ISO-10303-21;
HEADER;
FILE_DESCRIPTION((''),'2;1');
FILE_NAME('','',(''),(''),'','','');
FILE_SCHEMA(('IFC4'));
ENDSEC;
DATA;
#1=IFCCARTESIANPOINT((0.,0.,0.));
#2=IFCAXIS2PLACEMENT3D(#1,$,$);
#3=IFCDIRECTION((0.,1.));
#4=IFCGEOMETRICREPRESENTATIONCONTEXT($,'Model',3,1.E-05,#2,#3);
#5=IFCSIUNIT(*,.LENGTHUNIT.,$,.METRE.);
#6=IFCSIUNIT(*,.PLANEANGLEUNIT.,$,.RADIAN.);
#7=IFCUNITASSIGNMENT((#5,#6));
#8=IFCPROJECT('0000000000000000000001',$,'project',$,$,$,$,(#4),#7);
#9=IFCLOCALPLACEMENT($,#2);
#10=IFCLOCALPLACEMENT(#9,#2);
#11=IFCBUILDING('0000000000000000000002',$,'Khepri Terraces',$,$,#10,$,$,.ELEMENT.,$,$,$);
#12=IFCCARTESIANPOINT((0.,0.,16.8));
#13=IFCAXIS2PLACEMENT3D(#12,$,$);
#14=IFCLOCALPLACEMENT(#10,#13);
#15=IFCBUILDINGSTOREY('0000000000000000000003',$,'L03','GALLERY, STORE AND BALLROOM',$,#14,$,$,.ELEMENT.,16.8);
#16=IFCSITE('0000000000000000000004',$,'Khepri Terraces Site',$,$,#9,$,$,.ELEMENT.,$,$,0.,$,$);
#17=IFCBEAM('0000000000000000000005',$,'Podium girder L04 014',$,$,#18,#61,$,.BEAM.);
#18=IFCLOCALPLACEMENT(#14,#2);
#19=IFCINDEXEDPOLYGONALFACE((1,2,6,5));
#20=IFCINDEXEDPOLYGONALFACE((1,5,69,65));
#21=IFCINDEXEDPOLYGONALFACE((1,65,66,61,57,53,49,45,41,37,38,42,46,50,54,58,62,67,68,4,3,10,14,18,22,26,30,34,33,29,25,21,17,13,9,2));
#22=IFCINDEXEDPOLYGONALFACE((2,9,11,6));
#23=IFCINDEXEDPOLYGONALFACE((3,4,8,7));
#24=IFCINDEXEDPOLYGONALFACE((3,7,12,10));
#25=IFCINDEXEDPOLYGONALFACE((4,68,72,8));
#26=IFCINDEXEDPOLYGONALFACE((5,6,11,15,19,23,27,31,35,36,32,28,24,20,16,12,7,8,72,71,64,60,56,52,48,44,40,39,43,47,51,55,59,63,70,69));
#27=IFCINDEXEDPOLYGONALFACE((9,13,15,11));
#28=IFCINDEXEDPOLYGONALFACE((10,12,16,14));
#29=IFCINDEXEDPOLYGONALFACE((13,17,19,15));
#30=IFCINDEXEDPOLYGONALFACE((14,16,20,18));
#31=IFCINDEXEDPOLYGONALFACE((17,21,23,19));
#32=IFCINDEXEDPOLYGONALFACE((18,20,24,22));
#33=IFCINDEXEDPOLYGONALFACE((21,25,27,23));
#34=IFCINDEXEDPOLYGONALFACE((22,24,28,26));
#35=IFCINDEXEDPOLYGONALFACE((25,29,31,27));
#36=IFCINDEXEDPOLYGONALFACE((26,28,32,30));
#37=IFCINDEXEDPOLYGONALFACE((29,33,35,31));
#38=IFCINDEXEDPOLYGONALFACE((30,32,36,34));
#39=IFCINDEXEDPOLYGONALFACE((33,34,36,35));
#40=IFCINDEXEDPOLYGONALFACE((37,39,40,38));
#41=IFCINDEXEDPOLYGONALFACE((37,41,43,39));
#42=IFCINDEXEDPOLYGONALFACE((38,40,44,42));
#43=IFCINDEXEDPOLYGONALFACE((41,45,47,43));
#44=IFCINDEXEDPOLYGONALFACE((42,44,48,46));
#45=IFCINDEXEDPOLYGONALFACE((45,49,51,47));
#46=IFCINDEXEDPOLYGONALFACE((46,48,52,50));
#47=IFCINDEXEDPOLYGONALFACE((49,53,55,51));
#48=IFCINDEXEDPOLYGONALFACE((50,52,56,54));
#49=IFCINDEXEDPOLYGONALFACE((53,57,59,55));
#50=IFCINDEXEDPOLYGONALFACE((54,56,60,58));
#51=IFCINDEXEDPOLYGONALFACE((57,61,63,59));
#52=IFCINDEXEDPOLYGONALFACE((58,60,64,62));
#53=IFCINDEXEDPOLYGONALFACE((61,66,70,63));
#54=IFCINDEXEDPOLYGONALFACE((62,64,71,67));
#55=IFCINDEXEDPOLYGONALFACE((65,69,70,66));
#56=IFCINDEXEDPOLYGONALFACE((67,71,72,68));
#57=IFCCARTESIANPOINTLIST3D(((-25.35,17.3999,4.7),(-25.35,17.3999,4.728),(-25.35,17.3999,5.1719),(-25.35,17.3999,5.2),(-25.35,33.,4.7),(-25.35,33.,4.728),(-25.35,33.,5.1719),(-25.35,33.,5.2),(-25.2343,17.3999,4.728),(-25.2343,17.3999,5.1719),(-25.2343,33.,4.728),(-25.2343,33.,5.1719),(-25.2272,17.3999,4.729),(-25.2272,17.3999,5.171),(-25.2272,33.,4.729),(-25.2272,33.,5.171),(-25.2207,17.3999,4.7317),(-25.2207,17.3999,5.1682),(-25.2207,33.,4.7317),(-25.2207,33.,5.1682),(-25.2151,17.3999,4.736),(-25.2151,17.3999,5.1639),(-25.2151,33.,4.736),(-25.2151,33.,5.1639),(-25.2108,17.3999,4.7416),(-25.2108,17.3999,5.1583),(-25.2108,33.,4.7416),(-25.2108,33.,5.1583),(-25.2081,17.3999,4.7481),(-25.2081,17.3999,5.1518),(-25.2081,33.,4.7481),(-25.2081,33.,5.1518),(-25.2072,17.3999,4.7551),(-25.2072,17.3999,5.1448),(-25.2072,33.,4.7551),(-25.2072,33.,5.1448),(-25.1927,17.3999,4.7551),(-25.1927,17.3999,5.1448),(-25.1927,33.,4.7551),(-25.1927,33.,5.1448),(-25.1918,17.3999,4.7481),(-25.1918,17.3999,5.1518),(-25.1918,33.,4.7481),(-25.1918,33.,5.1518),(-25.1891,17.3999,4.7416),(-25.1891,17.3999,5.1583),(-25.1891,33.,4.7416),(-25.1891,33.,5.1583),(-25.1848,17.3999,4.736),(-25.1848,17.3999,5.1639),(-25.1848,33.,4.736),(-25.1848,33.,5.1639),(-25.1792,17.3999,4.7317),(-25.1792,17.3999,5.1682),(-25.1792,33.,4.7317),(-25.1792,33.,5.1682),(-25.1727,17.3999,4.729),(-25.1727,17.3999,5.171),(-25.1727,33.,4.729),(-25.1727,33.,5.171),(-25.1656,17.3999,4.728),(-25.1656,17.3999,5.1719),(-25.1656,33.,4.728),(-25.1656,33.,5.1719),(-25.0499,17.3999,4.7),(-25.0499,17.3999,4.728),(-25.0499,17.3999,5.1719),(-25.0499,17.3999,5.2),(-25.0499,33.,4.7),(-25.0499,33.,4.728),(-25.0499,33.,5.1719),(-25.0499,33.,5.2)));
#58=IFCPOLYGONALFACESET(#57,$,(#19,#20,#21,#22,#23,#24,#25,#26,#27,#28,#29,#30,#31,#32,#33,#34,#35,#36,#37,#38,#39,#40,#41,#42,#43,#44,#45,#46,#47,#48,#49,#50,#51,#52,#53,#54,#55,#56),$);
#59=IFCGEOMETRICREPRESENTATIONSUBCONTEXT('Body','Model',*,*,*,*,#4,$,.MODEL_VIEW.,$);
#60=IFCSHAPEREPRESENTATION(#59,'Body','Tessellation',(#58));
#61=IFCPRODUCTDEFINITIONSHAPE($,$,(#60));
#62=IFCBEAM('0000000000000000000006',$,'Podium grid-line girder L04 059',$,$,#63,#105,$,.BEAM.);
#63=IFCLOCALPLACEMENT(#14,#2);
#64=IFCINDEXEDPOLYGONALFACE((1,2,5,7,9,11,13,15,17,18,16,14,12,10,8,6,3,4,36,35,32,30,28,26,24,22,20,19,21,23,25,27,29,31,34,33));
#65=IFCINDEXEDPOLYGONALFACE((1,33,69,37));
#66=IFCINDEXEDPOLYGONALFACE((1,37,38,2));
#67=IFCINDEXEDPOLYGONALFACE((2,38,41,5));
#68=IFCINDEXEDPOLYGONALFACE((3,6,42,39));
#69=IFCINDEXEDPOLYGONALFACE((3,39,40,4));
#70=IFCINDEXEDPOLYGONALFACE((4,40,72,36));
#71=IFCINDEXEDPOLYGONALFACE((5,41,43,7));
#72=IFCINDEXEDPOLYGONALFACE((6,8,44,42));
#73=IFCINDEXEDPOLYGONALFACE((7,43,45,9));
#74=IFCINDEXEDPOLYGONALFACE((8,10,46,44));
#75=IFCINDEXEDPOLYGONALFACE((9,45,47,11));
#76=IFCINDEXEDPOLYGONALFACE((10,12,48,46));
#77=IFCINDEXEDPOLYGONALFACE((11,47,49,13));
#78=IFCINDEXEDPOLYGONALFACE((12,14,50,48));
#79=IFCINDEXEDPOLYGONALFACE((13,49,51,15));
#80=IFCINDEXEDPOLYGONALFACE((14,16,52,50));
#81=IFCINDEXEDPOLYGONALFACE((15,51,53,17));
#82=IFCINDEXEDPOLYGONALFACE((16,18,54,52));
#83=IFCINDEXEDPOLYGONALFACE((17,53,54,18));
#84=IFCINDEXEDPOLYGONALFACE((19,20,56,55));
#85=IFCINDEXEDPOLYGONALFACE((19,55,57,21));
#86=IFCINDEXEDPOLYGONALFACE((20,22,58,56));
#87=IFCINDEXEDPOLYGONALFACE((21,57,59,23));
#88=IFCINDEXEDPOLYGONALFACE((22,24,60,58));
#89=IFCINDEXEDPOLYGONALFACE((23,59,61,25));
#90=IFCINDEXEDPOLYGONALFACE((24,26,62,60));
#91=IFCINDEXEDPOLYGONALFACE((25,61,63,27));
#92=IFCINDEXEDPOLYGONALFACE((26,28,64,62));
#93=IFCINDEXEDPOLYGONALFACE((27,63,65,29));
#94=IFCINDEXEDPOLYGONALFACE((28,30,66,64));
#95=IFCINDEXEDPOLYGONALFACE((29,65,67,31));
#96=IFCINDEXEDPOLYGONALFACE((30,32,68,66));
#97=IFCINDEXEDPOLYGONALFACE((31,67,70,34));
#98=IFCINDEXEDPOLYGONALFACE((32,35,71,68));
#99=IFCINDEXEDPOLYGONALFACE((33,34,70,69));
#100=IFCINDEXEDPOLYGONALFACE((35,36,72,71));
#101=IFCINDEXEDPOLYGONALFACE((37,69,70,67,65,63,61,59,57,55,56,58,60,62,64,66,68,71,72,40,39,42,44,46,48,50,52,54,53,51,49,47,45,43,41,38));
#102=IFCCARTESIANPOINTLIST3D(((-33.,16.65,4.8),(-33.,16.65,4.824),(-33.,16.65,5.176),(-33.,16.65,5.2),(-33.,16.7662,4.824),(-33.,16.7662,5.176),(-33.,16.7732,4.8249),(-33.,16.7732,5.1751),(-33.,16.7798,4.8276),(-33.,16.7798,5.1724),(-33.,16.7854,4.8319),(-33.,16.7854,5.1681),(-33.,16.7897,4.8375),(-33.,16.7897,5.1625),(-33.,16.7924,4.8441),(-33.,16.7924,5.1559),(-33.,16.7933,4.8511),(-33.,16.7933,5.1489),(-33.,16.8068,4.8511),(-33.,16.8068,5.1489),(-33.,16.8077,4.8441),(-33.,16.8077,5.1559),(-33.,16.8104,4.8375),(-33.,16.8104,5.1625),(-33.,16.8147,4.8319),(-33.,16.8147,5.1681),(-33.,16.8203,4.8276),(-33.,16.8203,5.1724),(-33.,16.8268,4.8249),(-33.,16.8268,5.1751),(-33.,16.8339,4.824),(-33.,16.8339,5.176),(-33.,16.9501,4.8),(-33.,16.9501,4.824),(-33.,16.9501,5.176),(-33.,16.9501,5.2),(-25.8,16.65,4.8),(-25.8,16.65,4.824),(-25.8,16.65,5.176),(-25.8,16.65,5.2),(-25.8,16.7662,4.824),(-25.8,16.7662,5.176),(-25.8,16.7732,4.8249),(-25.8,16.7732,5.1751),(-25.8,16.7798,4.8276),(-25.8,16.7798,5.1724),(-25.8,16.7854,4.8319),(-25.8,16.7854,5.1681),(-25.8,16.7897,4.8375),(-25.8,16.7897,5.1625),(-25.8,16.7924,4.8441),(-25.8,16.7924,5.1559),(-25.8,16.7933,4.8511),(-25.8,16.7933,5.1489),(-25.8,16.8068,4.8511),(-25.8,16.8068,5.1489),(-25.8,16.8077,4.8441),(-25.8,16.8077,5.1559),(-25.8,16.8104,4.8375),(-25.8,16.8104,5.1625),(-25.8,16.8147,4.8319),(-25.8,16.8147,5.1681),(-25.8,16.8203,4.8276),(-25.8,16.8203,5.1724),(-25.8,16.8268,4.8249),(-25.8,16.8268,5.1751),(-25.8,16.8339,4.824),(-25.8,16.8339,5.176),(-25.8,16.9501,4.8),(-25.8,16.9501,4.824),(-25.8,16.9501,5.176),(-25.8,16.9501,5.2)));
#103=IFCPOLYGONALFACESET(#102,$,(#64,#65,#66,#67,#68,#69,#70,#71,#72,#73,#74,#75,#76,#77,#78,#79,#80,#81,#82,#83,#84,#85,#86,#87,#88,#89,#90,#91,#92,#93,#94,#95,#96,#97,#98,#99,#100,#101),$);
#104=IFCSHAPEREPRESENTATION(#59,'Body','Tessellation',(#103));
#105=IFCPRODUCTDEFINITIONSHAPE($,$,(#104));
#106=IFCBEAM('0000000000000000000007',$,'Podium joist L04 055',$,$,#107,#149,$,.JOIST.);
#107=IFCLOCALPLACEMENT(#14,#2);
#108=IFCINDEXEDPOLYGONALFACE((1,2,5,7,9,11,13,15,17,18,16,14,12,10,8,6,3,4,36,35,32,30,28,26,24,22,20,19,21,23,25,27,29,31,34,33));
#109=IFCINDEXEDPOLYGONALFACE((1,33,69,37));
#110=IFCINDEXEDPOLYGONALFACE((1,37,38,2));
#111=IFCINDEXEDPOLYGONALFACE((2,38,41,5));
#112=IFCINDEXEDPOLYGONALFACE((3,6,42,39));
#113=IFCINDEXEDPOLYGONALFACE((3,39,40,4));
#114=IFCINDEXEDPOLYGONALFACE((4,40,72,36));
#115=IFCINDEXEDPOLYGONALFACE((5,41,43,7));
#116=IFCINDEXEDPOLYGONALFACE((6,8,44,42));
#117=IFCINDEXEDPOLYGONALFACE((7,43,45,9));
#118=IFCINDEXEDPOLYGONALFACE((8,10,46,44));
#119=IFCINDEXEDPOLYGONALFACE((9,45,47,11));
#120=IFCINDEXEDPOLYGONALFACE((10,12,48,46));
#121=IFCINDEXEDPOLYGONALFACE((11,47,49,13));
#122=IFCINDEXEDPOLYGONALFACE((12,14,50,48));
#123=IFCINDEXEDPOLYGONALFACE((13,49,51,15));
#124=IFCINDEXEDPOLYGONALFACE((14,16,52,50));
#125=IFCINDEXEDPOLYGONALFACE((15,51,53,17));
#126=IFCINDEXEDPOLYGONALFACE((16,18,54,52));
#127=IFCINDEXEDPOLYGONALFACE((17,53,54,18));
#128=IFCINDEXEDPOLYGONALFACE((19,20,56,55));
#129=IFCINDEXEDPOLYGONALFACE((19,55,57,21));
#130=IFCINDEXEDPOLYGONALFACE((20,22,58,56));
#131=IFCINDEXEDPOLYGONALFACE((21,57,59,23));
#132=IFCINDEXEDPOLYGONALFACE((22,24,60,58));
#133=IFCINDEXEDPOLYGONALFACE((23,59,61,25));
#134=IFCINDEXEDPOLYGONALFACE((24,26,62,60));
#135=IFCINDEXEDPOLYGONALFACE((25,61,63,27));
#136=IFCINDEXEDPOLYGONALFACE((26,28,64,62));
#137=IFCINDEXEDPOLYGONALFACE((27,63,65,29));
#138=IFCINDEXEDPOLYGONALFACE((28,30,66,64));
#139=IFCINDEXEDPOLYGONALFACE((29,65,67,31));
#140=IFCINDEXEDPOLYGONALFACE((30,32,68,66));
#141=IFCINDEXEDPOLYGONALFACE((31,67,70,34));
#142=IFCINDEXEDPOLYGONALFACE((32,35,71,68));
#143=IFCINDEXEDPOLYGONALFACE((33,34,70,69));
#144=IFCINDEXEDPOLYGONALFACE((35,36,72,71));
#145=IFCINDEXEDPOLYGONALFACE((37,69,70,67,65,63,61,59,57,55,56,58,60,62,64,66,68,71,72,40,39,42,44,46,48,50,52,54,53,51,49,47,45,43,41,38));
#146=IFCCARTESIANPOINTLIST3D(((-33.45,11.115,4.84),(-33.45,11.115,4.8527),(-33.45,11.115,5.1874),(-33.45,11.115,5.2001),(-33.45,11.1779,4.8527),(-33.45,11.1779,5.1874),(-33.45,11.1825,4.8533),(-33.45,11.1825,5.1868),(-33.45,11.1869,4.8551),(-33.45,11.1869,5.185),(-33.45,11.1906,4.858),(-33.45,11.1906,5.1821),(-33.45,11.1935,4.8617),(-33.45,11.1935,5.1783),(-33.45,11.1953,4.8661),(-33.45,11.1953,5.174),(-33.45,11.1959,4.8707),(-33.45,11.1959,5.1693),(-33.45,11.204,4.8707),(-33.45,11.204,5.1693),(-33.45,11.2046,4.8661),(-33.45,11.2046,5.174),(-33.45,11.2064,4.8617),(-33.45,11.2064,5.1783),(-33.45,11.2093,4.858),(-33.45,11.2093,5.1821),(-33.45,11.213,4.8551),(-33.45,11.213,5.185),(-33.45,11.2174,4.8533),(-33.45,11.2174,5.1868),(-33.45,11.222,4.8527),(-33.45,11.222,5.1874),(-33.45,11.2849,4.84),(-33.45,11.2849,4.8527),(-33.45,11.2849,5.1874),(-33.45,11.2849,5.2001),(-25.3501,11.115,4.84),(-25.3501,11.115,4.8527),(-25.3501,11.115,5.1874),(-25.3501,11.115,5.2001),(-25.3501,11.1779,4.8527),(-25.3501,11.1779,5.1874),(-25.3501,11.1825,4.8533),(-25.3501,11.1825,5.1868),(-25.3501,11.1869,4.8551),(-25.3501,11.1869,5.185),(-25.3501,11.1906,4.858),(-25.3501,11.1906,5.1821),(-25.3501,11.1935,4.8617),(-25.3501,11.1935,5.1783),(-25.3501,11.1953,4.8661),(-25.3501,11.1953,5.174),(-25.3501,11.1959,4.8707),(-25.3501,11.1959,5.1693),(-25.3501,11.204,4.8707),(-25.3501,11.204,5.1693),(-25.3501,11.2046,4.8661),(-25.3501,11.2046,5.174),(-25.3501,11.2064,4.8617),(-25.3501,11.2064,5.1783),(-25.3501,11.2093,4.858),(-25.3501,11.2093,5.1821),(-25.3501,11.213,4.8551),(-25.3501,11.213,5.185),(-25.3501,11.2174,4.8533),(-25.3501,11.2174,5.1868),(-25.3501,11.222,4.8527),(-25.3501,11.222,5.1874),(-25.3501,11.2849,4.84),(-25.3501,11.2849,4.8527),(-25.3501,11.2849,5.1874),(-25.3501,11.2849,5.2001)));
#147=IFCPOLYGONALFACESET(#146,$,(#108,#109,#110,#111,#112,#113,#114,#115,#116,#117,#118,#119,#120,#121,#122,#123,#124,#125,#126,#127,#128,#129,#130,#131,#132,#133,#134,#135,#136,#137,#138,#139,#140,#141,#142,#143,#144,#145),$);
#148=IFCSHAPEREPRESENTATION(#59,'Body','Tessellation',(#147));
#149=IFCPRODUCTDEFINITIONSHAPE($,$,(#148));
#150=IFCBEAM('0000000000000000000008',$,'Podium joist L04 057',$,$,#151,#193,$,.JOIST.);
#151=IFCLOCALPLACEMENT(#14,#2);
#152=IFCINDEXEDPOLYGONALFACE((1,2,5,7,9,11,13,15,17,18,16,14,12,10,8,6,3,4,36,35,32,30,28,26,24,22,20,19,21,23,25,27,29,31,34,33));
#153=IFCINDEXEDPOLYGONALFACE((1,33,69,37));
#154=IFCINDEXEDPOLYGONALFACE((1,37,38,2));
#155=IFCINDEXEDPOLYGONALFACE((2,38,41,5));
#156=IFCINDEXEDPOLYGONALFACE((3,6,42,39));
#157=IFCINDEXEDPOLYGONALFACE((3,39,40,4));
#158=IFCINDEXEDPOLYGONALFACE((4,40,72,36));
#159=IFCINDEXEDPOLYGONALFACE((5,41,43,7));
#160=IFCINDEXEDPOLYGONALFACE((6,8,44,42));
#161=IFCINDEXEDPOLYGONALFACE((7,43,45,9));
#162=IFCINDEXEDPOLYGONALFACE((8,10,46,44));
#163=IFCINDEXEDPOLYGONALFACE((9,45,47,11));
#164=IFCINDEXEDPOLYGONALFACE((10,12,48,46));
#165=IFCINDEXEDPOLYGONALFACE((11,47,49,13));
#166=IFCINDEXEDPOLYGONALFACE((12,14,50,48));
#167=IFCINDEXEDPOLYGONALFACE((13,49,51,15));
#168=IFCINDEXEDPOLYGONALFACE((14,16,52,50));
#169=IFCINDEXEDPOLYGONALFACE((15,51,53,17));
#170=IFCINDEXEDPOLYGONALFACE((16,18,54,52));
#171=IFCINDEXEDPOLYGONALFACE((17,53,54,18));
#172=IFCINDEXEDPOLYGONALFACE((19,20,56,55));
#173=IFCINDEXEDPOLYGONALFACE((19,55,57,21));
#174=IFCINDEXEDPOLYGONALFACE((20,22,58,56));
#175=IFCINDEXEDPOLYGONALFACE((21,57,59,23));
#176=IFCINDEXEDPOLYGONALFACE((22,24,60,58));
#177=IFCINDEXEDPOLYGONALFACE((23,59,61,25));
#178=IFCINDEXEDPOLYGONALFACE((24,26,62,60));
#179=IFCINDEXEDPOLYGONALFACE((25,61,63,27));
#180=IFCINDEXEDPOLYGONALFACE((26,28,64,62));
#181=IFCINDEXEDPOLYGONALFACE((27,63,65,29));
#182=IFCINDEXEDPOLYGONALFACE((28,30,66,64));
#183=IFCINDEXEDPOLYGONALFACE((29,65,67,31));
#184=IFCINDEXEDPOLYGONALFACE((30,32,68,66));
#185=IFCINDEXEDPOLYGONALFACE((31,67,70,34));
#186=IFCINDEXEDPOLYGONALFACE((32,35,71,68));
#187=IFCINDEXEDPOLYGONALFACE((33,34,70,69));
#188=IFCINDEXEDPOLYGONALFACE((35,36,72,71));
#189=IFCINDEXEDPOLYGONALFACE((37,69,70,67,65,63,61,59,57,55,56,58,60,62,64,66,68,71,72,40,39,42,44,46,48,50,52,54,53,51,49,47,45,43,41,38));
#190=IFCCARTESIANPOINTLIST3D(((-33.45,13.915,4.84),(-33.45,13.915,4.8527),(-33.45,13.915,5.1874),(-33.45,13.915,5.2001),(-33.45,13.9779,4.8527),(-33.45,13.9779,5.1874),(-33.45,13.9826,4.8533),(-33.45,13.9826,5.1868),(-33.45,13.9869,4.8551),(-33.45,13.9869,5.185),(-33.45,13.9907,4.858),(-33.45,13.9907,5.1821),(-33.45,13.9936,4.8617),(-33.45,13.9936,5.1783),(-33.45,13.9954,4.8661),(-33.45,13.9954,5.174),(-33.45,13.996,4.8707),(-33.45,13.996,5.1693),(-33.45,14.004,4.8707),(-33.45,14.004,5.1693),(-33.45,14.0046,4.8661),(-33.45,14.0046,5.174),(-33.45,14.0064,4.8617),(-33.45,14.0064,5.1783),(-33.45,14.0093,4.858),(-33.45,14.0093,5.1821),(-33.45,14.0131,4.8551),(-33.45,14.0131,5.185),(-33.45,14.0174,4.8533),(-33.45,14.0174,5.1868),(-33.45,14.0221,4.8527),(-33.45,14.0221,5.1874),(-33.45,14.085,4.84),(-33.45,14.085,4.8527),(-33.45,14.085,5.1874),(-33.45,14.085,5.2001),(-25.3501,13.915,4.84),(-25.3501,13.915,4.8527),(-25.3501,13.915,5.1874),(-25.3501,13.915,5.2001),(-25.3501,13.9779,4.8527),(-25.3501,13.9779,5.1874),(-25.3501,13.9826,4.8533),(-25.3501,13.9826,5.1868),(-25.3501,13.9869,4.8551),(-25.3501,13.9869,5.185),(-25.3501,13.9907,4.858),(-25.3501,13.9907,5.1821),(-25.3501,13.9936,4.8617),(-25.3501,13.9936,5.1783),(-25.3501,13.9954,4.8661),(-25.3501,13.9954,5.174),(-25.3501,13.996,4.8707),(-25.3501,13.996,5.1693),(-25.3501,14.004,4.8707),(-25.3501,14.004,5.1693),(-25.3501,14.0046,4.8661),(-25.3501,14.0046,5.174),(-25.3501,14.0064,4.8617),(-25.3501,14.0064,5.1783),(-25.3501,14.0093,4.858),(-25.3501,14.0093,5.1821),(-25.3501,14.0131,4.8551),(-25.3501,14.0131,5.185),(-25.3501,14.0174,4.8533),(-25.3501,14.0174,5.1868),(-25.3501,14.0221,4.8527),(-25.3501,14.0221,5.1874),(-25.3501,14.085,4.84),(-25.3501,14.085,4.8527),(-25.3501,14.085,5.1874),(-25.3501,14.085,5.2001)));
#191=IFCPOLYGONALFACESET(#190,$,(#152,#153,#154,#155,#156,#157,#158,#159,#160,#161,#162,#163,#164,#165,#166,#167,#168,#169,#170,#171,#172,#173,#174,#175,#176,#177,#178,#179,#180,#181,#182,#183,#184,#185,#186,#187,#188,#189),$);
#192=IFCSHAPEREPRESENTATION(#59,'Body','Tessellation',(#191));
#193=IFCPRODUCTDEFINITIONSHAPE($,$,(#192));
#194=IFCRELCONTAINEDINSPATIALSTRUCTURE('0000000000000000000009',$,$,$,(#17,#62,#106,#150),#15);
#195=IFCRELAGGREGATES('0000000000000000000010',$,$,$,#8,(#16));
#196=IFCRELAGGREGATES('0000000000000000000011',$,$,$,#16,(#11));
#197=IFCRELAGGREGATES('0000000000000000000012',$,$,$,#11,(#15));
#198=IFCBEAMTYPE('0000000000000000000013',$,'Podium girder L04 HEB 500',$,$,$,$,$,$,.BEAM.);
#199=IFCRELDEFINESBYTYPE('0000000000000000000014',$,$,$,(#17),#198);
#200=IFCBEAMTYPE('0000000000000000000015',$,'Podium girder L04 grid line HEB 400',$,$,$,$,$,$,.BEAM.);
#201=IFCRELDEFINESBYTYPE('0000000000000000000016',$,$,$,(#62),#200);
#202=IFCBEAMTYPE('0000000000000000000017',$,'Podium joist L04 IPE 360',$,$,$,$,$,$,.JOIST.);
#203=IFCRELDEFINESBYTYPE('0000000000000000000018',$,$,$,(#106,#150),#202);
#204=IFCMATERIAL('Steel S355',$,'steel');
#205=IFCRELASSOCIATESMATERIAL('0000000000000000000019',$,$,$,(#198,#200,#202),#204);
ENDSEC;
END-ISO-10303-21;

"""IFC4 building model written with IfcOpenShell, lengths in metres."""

from ifc_helpers import new_model, si_unit, direction, frame, origin, origin_2d, place, context, subcontext, project, spatial, i_section, extrude, material, material_profile, profile_set, type_object, element, save


model = new_model("IFC4")

# Units and contexts
model_context = context("Model", 3, precision=1e-05, world=origin(), true_north=direction((0.0, 1.0)))
body_context = subcontext(model_context, "Body", "Model", "MODEL_VIEW")
ifc_project = project(units=[si_unit("LENGTHUNIT", "METRE"), si_unit("PLANEANGLEUNIT", "RADIAN")], contexts=[model_context])

# Site, building, storey
site_placement = place(None, origin())
site = spatial("IfcSite", under=ifc_project, at=site_placement, Name="Khepri Terraces Site", CompositionType="ELEMENT", RefElevation=0.0)
building_placement = place(site_placement, origin())
building = spatial("IfcBuilding", under=site, at=building_placement, Name="Khepri Terraces", CompositionType="ELEMENT")
storey_placement = place(building_placement, frame((0.0, 0.0, 16.8)))
storey = spatial("IfcBuildingStorey", under=building, at=storey_placement, Name="L03", Description="GALLERY, STORE AND BALLROOM", CompositionType="ELEMENT", Elevation=16.8)

# Beams
ifc_material_1 = material(Name="Steel S355", Category="steel")
ifc_material_profile_1 = material_profile(ifc_material_1, i_section(OverallWidth=0.3, OverallDepth=0.5, WebThickness=0.0144, FlangeThickness=0.0281, FilletRadius=0.0271, at=origin_2d()), Name="Steel S355", Category="steel")
ifc_profile_set_1 = profile_set([ifc_material_profile_1], Name="Steel S355")
beam_type_1 = type_object("IfcBeamType", Name="Podium girder L04 HEB 500", PredefinedType="BEAM", material=ifc_profile_set_1)
beam_1_placement = place(storey_placement, frame((-25.2, 17.3999, 4.95), z_axis=(0.0, 1.0, 0.0), x_axis=(-1.0, 0.0, 0.0)))
element("IfcBeam", 1, at=beam_1_placement, inside=storey, type_object=beam_type_1, Name="Podium girder L04 014", PredefinedType="BEAM", context=body_context, shape_type="SweptSolid", body=[
    extrude(i_section(OverallWidth=0.3, OverallDepth=0.5, WebThickness=0.0144, FlangeThickness=0.0281, FilletRadius=0.0271, at=origin_2d()), origin(), (0.0, 0.0, 1.0), 15.6001),
])
ifc_material_profile_2 = material_profile(ifc_material_1, i_section(OverallWidth=0.3, OverallDepth=0.3999, WebThickness=0.0134, FlangeThickness=0.0239, FilletRadius=0.0271, at=origin_2d()), Name="Steel S355", Category="steel")
ifc_profile_set_2 = profile_set([ifc_material_profile_2], Name="Steel S355")
beam_type_2 = type_object("IfcBeamType", Name="Podium girder L04 grid line HEB 400", PredefinedType="BEAM", material=ifc_profile_set_2)
beam_2_placement = place(storey_placement, frame((-33.0, 16.8, 5.0), z_axis=(1.0, 0.0, 0.0), x_axis=(0.0, 1.0, 0.0)))
element("IfcBeam", 2, at=beam_2_placement, inside=storey, type_object=beam_type_2, Name="Podium grid-line girder L04 059", PredefinedType="BEAM", context=body_context, shape_type="SweptSolid", body=[
    extrude(i_section(OverallWidth=0.3, OverallDepth=0.3999, WebThickness=0.0134, FlangeThickness=0.0239, FilletRadius=0.0271, at=origin_2d()), origin(), (0.0, 0.0, 1.0), 7.2),
])
ifc_material_profile_3 = material_profile(ifc_material_1, i_section(OverallWidth=0.1699, OverallDepth=0.3601, WebThickness=0.0081, FlangeThickness=0.0127, FilletRadius=0.0181, at=origin_2d()), Name="Steel S355", Category="steel")
ifc_profile_set_3 = profile_set([ifc_material_profile_3], Name="Steel S355")
beam_type_3 = type_object("IfcBeamType", Name="Podium joist L04 IPE 360", PredefinedType="JOIST", material=ifc_profile_set_3)
for number, where, z_axis, x_axis, name in (
    (3, (-33.45, 11.2, 5.02), (1.0, 0.0, 0.0), (0.0, 1.0, 0.0), "Podium joist L04 055"),
    (4, (-33.45, 14.0, 5.02), (1.0, 0.0, 0.0), (0.0, 1.0, 0.0), "Podium joist L04 057"),
):
    element("IfcBeam", number, at=place(storey_placement, frame(where, z_axis=z_axis, x_axis=x_axis)), inside=storey, type_object=beam_type_3, Name=name, PredefinedType="JOIST", context=body_context, shape_type="SweptSolid", body=[
        extrude(i_section(OverallWidth=0.1699, OverallDepth=0.3601, WebThickness=0.0081, FlangeThickness=0.0127, FilletRadius=0.0181, at=origin_2d()), origin(), (0.0, 0.0, 1.0), 8.0999),
    ])

save(model, "model.ifc")
